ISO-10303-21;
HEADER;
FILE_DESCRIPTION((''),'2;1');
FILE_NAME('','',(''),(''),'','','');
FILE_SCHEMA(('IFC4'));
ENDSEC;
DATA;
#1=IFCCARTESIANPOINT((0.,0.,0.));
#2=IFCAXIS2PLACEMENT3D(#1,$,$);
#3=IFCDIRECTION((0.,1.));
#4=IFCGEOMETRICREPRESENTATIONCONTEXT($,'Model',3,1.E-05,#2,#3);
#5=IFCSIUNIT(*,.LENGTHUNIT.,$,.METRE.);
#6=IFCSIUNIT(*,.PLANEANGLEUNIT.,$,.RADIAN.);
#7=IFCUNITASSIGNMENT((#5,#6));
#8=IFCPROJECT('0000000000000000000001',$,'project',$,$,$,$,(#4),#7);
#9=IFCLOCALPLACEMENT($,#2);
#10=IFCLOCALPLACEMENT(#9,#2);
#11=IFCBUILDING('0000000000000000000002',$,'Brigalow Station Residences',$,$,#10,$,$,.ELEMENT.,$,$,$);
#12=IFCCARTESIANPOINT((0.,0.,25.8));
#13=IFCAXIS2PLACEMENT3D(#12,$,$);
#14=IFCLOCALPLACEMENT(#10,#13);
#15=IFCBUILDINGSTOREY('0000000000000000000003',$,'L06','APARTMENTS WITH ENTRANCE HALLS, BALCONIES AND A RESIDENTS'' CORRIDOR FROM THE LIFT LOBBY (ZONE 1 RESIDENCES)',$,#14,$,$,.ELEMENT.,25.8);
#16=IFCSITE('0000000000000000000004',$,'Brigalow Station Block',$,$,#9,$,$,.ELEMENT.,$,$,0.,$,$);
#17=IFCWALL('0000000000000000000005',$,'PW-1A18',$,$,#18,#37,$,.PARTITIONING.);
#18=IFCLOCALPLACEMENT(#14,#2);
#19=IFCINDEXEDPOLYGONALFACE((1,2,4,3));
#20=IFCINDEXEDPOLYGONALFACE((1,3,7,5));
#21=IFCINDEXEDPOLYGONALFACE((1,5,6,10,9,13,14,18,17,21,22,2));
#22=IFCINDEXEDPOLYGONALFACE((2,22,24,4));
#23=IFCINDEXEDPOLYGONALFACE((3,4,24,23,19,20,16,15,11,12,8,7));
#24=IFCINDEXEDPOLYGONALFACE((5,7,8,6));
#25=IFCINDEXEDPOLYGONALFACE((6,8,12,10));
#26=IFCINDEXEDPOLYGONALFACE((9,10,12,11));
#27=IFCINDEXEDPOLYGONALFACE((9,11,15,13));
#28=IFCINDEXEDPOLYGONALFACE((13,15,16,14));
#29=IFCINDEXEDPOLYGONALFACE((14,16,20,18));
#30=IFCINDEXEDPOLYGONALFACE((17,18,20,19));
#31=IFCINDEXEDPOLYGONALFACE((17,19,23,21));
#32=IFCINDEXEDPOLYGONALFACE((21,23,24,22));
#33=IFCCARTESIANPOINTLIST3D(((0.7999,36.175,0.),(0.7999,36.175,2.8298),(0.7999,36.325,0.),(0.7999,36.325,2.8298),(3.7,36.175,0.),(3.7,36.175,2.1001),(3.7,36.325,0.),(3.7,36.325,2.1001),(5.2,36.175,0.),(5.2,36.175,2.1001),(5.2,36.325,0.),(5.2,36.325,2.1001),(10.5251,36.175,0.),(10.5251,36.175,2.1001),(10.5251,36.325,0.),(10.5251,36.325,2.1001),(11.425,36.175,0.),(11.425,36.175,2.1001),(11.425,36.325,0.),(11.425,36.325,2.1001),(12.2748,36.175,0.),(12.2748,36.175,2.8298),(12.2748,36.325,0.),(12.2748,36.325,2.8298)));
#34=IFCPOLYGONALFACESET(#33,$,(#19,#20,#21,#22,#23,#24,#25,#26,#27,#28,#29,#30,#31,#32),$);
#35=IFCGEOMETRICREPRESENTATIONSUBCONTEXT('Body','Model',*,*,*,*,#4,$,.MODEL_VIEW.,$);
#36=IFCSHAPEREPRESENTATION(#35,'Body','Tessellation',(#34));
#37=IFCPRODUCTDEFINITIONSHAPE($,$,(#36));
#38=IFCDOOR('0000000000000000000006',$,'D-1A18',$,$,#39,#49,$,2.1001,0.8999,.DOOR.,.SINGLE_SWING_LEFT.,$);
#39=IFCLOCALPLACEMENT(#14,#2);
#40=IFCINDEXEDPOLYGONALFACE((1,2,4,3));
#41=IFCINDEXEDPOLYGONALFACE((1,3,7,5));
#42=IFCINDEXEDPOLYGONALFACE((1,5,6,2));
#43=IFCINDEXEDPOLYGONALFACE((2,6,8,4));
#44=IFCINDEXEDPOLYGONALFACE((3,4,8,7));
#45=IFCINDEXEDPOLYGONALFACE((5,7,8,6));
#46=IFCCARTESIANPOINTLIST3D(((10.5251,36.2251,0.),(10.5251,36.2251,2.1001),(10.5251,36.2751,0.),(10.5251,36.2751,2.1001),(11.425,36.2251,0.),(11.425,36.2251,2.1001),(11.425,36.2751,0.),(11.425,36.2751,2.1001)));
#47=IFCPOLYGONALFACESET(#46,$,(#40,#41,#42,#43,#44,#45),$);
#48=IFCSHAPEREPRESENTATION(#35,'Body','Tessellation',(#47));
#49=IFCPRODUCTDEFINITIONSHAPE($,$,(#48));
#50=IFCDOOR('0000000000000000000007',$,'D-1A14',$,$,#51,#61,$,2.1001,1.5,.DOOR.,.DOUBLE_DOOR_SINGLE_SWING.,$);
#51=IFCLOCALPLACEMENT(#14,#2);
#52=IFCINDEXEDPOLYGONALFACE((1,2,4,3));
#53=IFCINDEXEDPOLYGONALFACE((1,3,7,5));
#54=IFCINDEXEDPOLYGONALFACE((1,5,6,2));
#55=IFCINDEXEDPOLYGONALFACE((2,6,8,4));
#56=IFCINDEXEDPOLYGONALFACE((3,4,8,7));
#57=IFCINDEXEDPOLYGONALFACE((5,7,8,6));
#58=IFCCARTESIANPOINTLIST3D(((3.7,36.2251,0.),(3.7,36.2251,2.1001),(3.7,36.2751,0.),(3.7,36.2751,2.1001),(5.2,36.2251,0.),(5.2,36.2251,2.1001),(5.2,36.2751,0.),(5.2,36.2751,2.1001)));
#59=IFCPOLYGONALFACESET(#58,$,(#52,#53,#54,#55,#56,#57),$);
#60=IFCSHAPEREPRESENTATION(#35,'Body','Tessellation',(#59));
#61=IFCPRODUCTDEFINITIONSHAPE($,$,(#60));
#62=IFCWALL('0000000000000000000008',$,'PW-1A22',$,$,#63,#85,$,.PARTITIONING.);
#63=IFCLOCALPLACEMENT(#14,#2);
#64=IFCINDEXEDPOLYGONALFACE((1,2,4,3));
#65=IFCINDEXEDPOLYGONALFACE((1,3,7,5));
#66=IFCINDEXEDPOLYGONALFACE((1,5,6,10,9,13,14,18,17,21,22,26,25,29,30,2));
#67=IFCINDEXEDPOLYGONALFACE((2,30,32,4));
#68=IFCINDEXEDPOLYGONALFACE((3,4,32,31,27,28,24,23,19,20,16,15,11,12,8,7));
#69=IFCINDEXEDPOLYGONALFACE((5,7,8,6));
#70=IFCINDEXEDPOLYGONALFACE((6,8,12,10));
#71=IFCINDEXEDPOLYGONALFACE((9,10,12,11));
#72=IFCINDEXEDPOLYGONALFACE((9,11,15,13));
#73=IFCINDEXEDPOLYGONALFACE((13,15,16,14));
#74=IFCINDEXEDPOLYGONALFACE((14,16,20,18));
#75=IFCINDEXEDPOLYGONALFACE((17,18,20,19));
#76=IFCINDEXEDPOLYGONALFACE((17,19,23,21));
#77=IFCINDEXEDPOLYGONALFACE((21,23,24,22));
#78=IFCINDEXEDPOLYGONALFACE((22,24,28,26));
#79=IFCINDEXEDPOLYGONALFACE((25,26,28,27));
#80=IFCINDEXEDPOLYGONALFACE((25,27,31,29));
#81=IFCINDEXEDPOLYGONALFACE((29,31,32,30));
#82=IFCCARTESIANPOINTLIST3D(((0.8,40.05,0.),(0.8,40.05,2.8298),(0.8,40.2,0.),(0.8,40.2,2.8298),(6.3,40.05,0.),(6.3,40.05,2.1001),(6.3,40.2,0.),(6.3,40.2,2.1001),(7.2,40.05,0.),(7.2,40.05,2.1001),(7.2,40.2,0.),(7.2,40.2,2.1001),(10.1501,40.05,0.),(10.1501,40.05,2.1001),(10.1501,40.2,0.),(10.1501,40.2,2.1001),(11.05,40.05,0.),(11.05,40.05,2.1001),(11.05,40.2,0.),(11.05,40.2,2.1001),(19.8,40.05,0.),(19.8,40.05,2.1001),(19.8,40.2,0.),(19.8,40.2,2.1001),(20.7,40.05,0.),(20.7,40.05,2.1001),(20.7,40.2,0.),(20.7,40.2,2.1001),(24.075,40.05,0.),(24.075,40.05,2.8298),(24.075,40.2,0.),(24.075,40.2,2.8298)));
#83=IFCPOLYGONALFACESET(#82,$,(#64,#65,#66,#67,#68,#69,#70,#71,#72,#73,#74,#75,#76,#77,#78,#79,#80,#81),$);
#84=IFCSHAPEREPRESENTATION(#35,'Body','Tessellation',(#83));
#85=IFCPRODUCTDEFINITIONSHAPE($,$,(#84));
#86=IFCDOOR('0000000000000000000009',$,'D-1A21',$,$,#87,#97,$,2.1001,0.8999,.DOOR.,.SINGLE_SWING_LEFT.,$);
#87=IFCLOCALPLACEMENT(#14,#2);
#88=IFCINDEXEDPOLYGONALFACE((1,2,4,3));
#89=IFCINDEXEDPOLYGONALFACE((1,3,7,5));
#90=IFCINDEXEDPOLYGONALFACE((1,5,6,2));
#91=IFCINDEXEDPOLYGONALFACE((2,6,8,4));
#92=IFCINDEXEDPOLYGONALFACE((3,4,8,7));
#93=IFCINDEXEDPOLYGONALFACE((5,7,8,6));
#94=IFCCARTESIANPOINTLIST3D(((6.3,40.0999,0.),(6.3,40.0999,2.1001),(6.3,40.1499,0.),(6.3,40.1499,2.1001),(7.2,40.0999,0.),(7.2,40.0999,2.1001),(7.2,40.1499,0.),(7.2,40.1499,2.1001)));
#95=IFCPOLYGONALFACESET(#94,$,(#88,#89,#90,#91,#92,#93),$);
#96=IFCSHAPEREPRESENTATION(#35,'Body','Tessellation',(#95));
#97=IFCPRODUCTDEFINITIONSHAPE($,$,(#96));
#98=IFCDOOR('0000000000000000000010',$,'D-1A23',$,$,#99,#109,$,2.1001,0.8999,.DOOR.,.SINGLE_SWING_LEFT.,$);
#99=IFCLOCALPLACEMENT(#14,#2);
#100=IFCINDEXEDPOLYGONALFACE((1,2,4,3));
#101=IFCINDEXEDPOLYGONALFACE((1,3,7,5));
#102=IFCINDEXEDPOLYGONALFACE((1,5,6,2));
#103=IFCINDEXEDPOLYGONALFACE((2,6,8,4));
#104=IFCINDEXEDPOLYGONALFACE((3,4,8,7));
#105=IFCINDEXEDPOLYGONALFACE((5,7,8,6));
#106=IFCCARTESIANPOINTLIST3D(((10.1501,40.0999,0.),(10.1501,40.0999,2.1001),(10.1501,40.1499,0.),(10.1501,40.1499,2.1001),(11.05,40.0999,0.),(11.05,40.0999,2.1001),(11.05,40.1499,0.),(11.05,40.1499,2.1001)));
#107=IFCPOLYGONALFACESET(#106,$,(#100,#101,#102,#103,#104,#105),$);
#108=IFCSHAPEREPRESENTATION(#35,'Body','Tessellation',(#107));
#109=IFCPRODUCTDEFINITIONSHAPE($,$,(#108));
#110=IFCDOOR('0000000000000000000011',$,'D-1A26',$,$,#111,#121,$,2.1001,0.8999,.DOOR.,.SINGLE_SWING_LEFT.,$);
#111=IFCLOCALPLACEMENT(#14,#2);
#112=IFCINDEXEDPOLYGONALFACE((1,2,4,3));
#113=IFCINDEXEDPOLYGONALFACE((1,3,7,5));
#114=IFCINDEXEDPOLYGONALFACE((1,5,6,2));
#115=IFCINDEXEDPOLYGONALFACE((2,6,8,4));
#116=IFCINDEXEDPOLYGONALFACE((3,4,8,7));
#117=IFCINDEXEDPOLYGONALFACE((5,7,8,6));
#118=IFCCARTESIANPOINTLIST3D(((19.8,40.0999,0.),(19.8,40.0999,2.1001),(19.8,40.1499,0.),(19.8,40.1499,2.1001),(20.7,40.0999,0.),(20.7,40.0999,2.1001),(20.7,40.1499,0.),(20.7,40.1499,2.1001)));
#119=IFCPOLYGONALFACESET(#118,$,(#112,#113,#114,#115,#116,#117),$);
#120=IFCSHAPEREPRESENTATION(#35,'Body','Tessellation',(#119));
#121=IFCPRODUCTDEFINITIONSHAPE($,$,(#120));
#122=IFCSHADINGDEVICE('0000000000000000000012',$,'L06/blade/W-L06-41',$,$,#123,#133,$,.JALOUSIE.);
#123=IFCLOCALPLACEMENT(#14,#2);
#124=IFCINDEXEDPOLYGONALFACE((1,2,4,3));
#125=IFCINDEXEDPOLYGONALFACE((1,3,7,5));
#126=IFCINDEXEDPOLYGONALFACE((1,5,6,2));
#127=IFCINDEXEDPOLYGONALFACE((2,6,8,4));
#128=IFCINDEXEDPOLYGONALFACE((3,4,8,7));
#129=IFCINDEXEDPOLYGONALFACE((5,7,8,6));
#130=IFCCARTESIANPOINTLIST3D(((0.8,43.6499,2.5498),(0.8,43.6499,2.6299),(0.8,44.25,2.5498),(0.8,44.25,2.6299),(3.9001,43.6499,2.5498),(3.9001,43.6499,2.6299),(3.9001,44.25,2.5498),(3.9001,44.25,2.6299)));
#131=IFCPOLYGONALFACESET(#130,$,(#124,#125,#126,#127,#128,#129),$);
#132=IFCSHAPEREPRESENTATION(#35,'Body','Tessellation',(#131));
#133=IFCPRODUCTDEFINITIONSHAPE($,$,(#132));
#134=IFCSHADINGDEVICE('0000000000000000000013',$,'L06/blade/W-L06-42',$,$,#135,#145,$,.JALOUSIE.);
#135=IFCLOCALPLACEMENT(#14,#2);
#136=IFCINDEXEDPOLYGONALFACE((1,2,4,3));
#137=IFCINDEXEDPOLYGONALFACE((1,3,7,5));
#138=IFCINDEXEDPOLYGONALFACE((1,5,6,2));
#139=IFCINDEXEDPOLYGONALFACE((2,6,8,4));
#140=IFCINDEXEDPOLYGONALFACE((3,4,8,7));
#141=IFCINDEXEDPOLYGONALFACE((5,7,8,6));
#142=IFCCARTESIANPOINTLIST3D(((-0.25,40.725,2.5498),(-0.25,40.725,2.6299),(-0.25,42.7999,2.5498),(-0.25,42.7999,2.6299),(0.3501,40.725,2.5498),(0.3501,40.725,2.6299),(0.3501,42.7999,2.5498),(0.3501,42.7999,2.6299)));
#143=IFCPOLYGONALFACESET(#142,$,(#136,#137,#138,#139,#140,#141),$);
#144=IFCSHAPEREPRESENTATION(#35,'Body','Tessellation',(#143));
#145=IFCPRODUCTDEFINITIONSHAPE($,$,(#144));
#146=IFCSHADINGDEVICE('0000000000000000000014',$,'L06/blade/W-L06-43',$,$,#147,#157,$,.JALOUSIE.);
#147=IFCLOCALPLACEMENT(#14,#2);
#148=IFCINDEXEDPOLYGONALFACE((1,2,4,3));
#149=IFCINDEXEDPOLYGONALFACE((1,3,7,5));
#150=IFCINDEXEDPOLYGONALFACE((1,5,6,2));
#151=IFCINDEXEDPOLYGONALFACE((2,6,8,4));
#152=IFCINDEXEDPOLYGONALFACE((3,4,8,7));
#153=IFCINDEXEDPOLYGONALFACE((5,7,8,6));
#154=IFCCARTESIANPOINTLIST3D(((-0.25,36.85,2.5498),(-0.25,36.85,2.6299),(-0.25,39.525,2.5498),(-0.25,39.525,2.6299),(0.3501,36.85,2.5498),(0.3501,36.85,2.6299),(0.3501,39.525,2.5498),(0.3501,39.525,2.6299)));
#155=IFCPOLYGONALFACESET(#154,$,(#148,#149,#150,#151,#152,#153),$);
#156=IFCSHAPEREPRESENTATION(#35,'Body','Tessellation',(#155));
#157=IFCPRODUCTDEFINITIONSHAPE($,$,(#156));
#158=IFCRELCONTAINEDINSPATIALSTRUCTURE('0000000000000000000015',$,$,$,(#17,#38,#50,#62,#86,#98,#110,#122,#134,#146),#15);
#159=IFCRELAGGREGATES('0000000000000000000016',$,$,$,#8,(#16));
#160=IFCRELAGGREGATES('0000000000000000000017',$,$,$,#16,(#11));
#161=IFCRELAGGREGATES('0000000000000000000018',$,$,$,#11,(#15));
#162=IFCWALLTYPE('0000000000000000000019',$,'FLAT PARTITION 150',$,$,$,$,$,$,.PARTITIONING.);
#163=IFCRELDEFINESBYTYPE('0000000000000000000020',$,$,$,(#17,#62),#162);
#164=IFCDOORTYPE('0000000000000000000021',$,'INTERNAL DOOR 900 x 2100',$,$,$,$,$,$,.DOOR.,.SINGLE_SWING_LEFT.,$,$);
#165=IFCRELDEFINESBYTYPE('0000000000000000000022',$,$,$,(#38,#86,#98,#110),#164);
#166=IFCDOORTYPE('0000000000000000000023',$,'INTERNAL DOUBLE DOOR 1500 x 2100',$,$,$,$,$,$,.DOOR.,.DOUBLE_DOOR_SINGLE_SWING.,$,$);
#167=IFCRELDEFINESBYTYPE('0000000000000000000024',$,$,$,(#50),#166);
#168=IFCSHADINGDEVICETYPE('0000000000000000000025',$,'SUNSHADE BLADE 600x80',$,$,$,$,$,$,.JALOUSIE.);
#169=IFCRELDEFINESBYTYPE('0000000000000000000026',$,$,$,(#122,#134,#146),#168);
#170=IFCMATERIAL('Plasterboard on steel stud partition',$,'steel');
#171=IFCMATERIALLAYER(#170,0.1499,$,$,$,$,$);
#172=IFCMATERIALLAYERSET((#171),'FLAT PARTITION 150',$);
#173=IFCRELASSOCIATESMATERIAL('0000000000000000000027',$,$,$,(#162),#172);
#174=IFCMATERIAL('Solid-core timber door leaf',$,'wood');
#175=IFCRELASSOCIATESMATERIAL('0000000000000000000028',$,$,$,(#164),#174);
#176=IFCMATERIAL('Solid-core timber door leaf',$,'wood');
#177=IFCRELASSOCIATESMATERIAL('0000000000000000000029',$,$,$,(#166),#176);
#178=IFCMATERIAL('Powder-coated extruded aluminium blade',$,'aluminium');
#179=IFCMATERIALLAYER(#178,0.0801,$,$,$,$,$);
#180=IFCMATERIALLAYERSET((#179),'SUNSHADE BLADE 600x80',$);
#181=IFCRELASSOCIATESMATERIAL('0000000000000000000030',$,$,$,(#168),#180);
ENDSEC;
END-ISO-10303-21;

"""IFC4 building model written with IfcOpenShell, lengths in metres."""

from ifc_helpers import new_model, si_unit, direction, frame, frame_2d, origin, origin_2d, place, context, subcontext, project, spatial, rectangle, extrude, material, layer, layer_set, type_object, element, fill, save


model = new_model("IFC4")

# Units and contexts
model_context = context("Model", 3, precision=1e-05, world=origin(), true_north=direction((0.0, 1.0)))
body_context = subcontext(model_context, "Body", "Model", "MODEL_VIEW")
ifc_project = project(units=[si_unit("LENGTHUNIT", "METRE"), si_unit("PLANEANGLEUNIT", "RADIAN")], contexts=[model_context])

# Site, building, storey
site_placement = place(None, origin())
site = spatial("IfcSite", under=ifc_project, at=site_placement, Name="Brigalow Station Block", CompositionType="ELEMENT", RefElevation=0.0)
building_placement = place(site_placement, origin())
building = spatial("IfcBuilding", under=site, at=building_placement, Name="Brigalow Station Residences", CompositionType="ELEMENT")
storey_placement = place(building_placement, frame((0.0, 0.0, 25.8)))
storey = spatial("IfcBuildingStorey", under=building, at=storey_placement, Name="L06", Description="APARTMENTS WITH ENTRANCE HALLS, BALCONIES AND A RESIDENTS' CORRIDOR FROM THE LIFT LOBBY (ZONE 1 RESIDENCES)", CompositionType="ELEMENT", Elevation=25.8)

# Walls, openings, doors
ifc_material_1 = material(Name="Plasterboard on steel stud partition", Category="steel")
ifc_layer_1 = layer(ifc_material_1, 0.1499)
ifc_layer_set_1 = layer_set([ifc_layer_1], Name="FLAT PARTITION 150")
wall_type_1 = type_object("IfcWallType", Name="FLAT PARTITION 150", PredefinedType="PARTITIONING", material=ifc_layer_set_1)
wall_1_placement = place(storey_placement, frame((0.8, 36.25, 0.0), z_axis=(0.0, 0.0, 1.0), x_axis=(1.0, 0.0, 0.0)))
wall_1 = element("IfcWall", 1, at=wall_1_placement, inside=storey, type_object=wall_type_1, Name="PW-1A18", PredefinedType="PARTITIONING", context=body_context, shape_type="SweptSolid", body=[
    extrude(rectangle(XDim=11.4749, YDim=0.1499, at=frame_2d((5.7373, 0.0))), origin(), (0.0, 0.0, 1.0), 2.8298),
])
opening_1_placement = place(wall_1_placement, frame((2.8999, 0.0, 0.0)))
opening_1 = element("IfcOpeningElement", 2, at=opening_1_placement, cuts=wall_1, PredefinedType="OPENING", context=body_context, shape_type="SweptSolid", body=[
    extrude(rectangle(XDim=1.5, YDim=2.1001, at=frame_2d((0.75, 1.05))), frame((0.0, 0.085, 0.0), z_axis=(0.0, -1.0, 0.0), x_axis=(1.0, 0.0, 0.0)), (0.0, 0.0, 1.0), 0.1699),
])
opening_2_placement = place(wall_1_placement, frame((9.7251, 0.0, 0.0)))
opening_2 = element("IfcOpeningElement", 3, at=opening_2_placement, cuts=wall_1, PredefinedType="OPENING", context=body_context, shape_type="SweptSolid", body=[
    extrude(rectangle(XDim=0.8999, YDim=2.1001, at=frame_2d((0.45, 1.05))), frame((0.0, 0.085, 0.0), z_axis=(0.0, -1.0, 0.0), x_axis=(1.0, 0.0, 0.0)), (0.0, 0.0, 1.0), 0.1699),
])
ifc_material_2 = material(Name="Solid-core timber door leaf", Category="wood")
door_type_1 = type_object("IfcDoorType", Name="INTERNAL DOOR 900 x 2100", OperationType="SINGLE_SWING_LEFT", PredefinedType="DOOR", material=ifc_material_2)
door_1_placement = place(opening_2_placement, frame((0.8999, 0.0, 0.0), z_axis=(0.0, 0.0, 1.0), x_axis=(-1.0, 0.0, 0.0)))
door_1 = element("IfcDoor", 4, at=door_1_placement, inside=storey, type_object=door_type_1, Name="D-1A18", OperationType="SINGLE_SWING_LEFT", OverallHeight=2.1001, OverallWidth=0.8999, PredefinedType="DOOR", context=body_context, shape_type="SweptSolid", body=[
    extrude(rectangle(XDim=0.8999, YDim=2.1001, at=frame_2d((0.45, 1.05))), frame((0.0, 0.0249, 0.0), z_axis=(0.0, -1.0, 0.0), x_axis=(1.0, 0.0, 0.0)), (0.0, 0.0, 1.0), 0.05),
])
fill(opening_2, door_1)
ifc_material_3 = material(Name="Solid-core timber door leaf", Category="wood")
door_type_2 = type_object("IfcDoorType", Name="INTERNAL DOUBLE DOOR 1500 x 2100", OperationType="DOUBLE_DOOR_SINGLE_SWING", PredefinedType="DOOR", material=ifc_material_3)
door_2_placement = place(opening_1_placement, frame((1.5, 0.0, 0.0), z_axis=(0.0, 0.0, 1.0), x_axis=(-1.0, 0.0, 0.0)))
door_2 = element("IfcDoor", 5, at=door_2_placement, inside=storey, type_object=door_type_2, Name="D-1A14", OperationType="DOUBLE_DOOR_SINGLE_SWING", OverallHeight=2.1001, OverallWidth=1.5, PredefinedType="DOOR", context=body_context, shape_type="SweptSolid", body=[
    extrude(rectangle(XDim=1.5, YDim=2.1001, at=frame_2d((0.75, 1.05))), frame((0.0, 0.0249, 0.0), z_axis=(0.0, -1.0, 0.0), x_axis=(1.0, 0.0, 0.0)), (0.0, 0.0, 1.0), 0.05),
])
fill(opening_1, door_2)
wall_2_placement = place(storey_placement, frame((0.8, 40.125, 0.0), z_axis=(0.0, 0.0, 1.0), x_axis=(1.0, 0.0, 0.0)))
wall_2 = element("IfcWall", 6, at=wall_2_placement, inside=storey, type_object=wall_type_1, Name="PW-1A22", PredefinedType="PARTITIONING", context=body_context, shape_type="SweptSolid", body=[
    extrude(rectangle(XDim=23.2749, YDim=0.1499, at=frame_2d((11.6375, 0.0))), origin(), (0.0, 0.0, 1.0), 2.8298),
])
opening_3_placement = place(wall_2_placement, frame((5.5, 0.0, 0.0)))
opening_3 = element("IfcOpeningElement", 7, at=opening_3_placement, cuts=wall_2, PredefinedType="OPENING", context=body_context, shape_type="SweptSolid", body=[
    extrude(rectangle(XDim=0.8999, YDim=2.1001, at=frame_2d((0.45, 1.05))), frame((0.0, 0.085, 0.0), z_axis=(0.0, -1.0, 0.0), x_axis=(1.0, 0.0, 0.0)), (0.0, 0.0, 1.0), 0.1699),
])
opening_4_placement = place(wall_2_placement, frame((9.3501, 0.0, 0.0)))
opening_4 = element("IfcOpeningElement", 8, at=opening_4_placement, cuts=wall_2, PredefinedType="OPENING", context=body_context, shape_type="SweptSolid", body=[
    extrude(rectangle(XDim=0.8999, YDim=2.1001, at=frame_2d((0.45, 1.05))), frame((0.0, 0.085, 0.0), z_axis=(0.0, -1.0, 0.0), x_axis=(1.0, 0.0, 0.0)), (0.0, 0.0, 1.0), 0.1699),
])
opening_5_placement = place(wall_2_placement, frame((19.0, 0.0, 0.0)))
opening_5 = element("IfcOpeningElement", 9, at=opening_5_placement, cuts=wall_2, PredefinedType="OPENING", context=body_context, shape_type="SweptSolid", body=[
    extrude(rectangle(XDim=0.8999, YDim=2.1001, at=frame_2d((0.45, 1.05))), frame((0.0, 0.085, 0.0), z_axis=(0.0, -1.0, 0.0), x_axis=(1.0, 0.0, 0.0)), (0.0, 0.0, 1.0), 0.1699),
])
door_3_placement = place(opening_3_placement, origin())
door_3 = element("IfcDoor", 10, at=door_3_placement, inside=storey, type_object=door_type_1, Name="D-1A21", OperationType="SINGLE_SWING_LEFT", OverallHeight=2.1001, OverallWidth=0.8999, PredefinedType="DOOR", context=body_context, shape_type="SweptSolid", body=[
    extrude(rectangle(XDim=0.8999, YDim=2.1001, at=frame_2d((0.45, 1.05))), frame((0.0, 0.0249, 0.0), z_axis=(0.0, -1.0, 0.0), x_axis=(1.0, 0.0, 0.0)), (0.0, 0.0, 1.0), 0.05),
])
fill(opening_3, door_3)
door_4_placement = place(opening_4_placement, origin())
door_4 = element("IfcDoor", 11, at=door_4_placement, inside=storey, type_object=door_type_1, Name="D-1A23", OperationType="SINGLE_SWING_LEFT", OverallHeight=2.1001, OverallWidth=0.8999, PredefinedType="DOOR", context=body_context, shape_type="SweptSolid", body=[
    extrude(rectangle(XDim=0.8999, YDim=2.1001, at=frame_2d((0.45, 1.05))), frame((0.0, 0.0249, 0.0), z_axis=(0.0, -1.0, 0.0), x_axis=(1.0, 0.0, 0.0)), (0.0, 0.0, 1.0), 0.05),
])
fill(opening_4, door_4)
door_5_placement = place(opening_5_placement, origin())
door_5 = element("IfcDoor", 12, at=door_5_placement, inside=storey, type_object=door_type_1, Name="D-1A26", OperationType="SINGLE_SWING_LEFT", OverallHeight=2.1001, OverallWidth=0.8999, PredefinedType="DOOR", context=body_context, shape_type="SweptSolid", body=[
    extrude(rectangle(XDim=0.8999, YDim=2.1001, at=frame_2d((0.45, 1.05))), frame((0.0, 0.0249, 0.0), z_axis=(0.0, -1.0, 0.0), x_axis=(1.0, 0.0, 0.0)), (0.0, 0.0, 1.0), 0.05),
])
fill(opening_5, door_5)

# Shading devices
ifc_material_4 = material(Name="Powder-coated extruded aluminium blade", Category="aluminium")
ifc_layer_2 = layer(ifc_material_4, 0.0801)
ifc_layer_set_2 = layer_set([ifc_layer_2], Name="SUNSHADE BLADE 600x80")
shading_device_type = type_object("IfcShadingDeviceType", Name="SUNSHADE BLADE 600x80", PredefinedType="JALOUSIE", material=ifc_layer_set_2)
shading_device_1_placement = place(storey_placement, frame((2.3501, 43.95, 2.5498), z_axis=(0.0, 0.0, 1.0), x_axis=(-1.0, 0.0, 0.0)))
element("IfcShadingDevice", 13, at=shading_device_1_placement, inside=storey, type_object=shading_device_type, Name="L06/blade/W-L06-41", PredefinedType="JALOUSIE", context=body_context, shape_type="SweptSolid", body=[
    extrude(rectangle(XDim=3.1001, YDim=0.6001, at=origin_2d()), origin(), (0.0, 0.0, 1.0), 0.0801),
])
shading_device_2_placement = place(storey_placement, frame((0.05, 41.7625, 2.5498), z_axis=(0.0, 0.0, 1.0), x_axis=(0.0, -1.0, 0.0)))
element("IfcShadingDevice", 14, at=shading_device_2_placement, inside=storey, type_object=shading_device_type, Name="L06/blade/W-L06-42", PredefinedType="JALOUSIE", context=body_context, shape_type="SweptSolid", body=[
    extrude(rectangle(XDim=2.075, YDim=0.6001, at=origin_2d()), origin(), (0.0, 0.0, 1.0), 0.0801),
])
shading_device_3_placement = place(storey_placement, frame((0.05, 38.1875, 2.5498), z_axis=(0.0, 0.0, 1.0), x_axis=(0.0, -1.0, 0.0)))
element("IfcShadingDevice", 15, at=shading_device_3_placement, inside=storey, type_object=shading_device_type, Name="L06/blade/W-L06-43", PredefinedType="JALOUSIE", context=body_context, shape_type="SweptSolid", body=[
    extrude(rectangle(XDim=2.675, YDim=0.6001, at=origin_2d()), origin(), (0.0, 0.0, 1.0), 0.0801),
])

save(model, "model.ifc")
